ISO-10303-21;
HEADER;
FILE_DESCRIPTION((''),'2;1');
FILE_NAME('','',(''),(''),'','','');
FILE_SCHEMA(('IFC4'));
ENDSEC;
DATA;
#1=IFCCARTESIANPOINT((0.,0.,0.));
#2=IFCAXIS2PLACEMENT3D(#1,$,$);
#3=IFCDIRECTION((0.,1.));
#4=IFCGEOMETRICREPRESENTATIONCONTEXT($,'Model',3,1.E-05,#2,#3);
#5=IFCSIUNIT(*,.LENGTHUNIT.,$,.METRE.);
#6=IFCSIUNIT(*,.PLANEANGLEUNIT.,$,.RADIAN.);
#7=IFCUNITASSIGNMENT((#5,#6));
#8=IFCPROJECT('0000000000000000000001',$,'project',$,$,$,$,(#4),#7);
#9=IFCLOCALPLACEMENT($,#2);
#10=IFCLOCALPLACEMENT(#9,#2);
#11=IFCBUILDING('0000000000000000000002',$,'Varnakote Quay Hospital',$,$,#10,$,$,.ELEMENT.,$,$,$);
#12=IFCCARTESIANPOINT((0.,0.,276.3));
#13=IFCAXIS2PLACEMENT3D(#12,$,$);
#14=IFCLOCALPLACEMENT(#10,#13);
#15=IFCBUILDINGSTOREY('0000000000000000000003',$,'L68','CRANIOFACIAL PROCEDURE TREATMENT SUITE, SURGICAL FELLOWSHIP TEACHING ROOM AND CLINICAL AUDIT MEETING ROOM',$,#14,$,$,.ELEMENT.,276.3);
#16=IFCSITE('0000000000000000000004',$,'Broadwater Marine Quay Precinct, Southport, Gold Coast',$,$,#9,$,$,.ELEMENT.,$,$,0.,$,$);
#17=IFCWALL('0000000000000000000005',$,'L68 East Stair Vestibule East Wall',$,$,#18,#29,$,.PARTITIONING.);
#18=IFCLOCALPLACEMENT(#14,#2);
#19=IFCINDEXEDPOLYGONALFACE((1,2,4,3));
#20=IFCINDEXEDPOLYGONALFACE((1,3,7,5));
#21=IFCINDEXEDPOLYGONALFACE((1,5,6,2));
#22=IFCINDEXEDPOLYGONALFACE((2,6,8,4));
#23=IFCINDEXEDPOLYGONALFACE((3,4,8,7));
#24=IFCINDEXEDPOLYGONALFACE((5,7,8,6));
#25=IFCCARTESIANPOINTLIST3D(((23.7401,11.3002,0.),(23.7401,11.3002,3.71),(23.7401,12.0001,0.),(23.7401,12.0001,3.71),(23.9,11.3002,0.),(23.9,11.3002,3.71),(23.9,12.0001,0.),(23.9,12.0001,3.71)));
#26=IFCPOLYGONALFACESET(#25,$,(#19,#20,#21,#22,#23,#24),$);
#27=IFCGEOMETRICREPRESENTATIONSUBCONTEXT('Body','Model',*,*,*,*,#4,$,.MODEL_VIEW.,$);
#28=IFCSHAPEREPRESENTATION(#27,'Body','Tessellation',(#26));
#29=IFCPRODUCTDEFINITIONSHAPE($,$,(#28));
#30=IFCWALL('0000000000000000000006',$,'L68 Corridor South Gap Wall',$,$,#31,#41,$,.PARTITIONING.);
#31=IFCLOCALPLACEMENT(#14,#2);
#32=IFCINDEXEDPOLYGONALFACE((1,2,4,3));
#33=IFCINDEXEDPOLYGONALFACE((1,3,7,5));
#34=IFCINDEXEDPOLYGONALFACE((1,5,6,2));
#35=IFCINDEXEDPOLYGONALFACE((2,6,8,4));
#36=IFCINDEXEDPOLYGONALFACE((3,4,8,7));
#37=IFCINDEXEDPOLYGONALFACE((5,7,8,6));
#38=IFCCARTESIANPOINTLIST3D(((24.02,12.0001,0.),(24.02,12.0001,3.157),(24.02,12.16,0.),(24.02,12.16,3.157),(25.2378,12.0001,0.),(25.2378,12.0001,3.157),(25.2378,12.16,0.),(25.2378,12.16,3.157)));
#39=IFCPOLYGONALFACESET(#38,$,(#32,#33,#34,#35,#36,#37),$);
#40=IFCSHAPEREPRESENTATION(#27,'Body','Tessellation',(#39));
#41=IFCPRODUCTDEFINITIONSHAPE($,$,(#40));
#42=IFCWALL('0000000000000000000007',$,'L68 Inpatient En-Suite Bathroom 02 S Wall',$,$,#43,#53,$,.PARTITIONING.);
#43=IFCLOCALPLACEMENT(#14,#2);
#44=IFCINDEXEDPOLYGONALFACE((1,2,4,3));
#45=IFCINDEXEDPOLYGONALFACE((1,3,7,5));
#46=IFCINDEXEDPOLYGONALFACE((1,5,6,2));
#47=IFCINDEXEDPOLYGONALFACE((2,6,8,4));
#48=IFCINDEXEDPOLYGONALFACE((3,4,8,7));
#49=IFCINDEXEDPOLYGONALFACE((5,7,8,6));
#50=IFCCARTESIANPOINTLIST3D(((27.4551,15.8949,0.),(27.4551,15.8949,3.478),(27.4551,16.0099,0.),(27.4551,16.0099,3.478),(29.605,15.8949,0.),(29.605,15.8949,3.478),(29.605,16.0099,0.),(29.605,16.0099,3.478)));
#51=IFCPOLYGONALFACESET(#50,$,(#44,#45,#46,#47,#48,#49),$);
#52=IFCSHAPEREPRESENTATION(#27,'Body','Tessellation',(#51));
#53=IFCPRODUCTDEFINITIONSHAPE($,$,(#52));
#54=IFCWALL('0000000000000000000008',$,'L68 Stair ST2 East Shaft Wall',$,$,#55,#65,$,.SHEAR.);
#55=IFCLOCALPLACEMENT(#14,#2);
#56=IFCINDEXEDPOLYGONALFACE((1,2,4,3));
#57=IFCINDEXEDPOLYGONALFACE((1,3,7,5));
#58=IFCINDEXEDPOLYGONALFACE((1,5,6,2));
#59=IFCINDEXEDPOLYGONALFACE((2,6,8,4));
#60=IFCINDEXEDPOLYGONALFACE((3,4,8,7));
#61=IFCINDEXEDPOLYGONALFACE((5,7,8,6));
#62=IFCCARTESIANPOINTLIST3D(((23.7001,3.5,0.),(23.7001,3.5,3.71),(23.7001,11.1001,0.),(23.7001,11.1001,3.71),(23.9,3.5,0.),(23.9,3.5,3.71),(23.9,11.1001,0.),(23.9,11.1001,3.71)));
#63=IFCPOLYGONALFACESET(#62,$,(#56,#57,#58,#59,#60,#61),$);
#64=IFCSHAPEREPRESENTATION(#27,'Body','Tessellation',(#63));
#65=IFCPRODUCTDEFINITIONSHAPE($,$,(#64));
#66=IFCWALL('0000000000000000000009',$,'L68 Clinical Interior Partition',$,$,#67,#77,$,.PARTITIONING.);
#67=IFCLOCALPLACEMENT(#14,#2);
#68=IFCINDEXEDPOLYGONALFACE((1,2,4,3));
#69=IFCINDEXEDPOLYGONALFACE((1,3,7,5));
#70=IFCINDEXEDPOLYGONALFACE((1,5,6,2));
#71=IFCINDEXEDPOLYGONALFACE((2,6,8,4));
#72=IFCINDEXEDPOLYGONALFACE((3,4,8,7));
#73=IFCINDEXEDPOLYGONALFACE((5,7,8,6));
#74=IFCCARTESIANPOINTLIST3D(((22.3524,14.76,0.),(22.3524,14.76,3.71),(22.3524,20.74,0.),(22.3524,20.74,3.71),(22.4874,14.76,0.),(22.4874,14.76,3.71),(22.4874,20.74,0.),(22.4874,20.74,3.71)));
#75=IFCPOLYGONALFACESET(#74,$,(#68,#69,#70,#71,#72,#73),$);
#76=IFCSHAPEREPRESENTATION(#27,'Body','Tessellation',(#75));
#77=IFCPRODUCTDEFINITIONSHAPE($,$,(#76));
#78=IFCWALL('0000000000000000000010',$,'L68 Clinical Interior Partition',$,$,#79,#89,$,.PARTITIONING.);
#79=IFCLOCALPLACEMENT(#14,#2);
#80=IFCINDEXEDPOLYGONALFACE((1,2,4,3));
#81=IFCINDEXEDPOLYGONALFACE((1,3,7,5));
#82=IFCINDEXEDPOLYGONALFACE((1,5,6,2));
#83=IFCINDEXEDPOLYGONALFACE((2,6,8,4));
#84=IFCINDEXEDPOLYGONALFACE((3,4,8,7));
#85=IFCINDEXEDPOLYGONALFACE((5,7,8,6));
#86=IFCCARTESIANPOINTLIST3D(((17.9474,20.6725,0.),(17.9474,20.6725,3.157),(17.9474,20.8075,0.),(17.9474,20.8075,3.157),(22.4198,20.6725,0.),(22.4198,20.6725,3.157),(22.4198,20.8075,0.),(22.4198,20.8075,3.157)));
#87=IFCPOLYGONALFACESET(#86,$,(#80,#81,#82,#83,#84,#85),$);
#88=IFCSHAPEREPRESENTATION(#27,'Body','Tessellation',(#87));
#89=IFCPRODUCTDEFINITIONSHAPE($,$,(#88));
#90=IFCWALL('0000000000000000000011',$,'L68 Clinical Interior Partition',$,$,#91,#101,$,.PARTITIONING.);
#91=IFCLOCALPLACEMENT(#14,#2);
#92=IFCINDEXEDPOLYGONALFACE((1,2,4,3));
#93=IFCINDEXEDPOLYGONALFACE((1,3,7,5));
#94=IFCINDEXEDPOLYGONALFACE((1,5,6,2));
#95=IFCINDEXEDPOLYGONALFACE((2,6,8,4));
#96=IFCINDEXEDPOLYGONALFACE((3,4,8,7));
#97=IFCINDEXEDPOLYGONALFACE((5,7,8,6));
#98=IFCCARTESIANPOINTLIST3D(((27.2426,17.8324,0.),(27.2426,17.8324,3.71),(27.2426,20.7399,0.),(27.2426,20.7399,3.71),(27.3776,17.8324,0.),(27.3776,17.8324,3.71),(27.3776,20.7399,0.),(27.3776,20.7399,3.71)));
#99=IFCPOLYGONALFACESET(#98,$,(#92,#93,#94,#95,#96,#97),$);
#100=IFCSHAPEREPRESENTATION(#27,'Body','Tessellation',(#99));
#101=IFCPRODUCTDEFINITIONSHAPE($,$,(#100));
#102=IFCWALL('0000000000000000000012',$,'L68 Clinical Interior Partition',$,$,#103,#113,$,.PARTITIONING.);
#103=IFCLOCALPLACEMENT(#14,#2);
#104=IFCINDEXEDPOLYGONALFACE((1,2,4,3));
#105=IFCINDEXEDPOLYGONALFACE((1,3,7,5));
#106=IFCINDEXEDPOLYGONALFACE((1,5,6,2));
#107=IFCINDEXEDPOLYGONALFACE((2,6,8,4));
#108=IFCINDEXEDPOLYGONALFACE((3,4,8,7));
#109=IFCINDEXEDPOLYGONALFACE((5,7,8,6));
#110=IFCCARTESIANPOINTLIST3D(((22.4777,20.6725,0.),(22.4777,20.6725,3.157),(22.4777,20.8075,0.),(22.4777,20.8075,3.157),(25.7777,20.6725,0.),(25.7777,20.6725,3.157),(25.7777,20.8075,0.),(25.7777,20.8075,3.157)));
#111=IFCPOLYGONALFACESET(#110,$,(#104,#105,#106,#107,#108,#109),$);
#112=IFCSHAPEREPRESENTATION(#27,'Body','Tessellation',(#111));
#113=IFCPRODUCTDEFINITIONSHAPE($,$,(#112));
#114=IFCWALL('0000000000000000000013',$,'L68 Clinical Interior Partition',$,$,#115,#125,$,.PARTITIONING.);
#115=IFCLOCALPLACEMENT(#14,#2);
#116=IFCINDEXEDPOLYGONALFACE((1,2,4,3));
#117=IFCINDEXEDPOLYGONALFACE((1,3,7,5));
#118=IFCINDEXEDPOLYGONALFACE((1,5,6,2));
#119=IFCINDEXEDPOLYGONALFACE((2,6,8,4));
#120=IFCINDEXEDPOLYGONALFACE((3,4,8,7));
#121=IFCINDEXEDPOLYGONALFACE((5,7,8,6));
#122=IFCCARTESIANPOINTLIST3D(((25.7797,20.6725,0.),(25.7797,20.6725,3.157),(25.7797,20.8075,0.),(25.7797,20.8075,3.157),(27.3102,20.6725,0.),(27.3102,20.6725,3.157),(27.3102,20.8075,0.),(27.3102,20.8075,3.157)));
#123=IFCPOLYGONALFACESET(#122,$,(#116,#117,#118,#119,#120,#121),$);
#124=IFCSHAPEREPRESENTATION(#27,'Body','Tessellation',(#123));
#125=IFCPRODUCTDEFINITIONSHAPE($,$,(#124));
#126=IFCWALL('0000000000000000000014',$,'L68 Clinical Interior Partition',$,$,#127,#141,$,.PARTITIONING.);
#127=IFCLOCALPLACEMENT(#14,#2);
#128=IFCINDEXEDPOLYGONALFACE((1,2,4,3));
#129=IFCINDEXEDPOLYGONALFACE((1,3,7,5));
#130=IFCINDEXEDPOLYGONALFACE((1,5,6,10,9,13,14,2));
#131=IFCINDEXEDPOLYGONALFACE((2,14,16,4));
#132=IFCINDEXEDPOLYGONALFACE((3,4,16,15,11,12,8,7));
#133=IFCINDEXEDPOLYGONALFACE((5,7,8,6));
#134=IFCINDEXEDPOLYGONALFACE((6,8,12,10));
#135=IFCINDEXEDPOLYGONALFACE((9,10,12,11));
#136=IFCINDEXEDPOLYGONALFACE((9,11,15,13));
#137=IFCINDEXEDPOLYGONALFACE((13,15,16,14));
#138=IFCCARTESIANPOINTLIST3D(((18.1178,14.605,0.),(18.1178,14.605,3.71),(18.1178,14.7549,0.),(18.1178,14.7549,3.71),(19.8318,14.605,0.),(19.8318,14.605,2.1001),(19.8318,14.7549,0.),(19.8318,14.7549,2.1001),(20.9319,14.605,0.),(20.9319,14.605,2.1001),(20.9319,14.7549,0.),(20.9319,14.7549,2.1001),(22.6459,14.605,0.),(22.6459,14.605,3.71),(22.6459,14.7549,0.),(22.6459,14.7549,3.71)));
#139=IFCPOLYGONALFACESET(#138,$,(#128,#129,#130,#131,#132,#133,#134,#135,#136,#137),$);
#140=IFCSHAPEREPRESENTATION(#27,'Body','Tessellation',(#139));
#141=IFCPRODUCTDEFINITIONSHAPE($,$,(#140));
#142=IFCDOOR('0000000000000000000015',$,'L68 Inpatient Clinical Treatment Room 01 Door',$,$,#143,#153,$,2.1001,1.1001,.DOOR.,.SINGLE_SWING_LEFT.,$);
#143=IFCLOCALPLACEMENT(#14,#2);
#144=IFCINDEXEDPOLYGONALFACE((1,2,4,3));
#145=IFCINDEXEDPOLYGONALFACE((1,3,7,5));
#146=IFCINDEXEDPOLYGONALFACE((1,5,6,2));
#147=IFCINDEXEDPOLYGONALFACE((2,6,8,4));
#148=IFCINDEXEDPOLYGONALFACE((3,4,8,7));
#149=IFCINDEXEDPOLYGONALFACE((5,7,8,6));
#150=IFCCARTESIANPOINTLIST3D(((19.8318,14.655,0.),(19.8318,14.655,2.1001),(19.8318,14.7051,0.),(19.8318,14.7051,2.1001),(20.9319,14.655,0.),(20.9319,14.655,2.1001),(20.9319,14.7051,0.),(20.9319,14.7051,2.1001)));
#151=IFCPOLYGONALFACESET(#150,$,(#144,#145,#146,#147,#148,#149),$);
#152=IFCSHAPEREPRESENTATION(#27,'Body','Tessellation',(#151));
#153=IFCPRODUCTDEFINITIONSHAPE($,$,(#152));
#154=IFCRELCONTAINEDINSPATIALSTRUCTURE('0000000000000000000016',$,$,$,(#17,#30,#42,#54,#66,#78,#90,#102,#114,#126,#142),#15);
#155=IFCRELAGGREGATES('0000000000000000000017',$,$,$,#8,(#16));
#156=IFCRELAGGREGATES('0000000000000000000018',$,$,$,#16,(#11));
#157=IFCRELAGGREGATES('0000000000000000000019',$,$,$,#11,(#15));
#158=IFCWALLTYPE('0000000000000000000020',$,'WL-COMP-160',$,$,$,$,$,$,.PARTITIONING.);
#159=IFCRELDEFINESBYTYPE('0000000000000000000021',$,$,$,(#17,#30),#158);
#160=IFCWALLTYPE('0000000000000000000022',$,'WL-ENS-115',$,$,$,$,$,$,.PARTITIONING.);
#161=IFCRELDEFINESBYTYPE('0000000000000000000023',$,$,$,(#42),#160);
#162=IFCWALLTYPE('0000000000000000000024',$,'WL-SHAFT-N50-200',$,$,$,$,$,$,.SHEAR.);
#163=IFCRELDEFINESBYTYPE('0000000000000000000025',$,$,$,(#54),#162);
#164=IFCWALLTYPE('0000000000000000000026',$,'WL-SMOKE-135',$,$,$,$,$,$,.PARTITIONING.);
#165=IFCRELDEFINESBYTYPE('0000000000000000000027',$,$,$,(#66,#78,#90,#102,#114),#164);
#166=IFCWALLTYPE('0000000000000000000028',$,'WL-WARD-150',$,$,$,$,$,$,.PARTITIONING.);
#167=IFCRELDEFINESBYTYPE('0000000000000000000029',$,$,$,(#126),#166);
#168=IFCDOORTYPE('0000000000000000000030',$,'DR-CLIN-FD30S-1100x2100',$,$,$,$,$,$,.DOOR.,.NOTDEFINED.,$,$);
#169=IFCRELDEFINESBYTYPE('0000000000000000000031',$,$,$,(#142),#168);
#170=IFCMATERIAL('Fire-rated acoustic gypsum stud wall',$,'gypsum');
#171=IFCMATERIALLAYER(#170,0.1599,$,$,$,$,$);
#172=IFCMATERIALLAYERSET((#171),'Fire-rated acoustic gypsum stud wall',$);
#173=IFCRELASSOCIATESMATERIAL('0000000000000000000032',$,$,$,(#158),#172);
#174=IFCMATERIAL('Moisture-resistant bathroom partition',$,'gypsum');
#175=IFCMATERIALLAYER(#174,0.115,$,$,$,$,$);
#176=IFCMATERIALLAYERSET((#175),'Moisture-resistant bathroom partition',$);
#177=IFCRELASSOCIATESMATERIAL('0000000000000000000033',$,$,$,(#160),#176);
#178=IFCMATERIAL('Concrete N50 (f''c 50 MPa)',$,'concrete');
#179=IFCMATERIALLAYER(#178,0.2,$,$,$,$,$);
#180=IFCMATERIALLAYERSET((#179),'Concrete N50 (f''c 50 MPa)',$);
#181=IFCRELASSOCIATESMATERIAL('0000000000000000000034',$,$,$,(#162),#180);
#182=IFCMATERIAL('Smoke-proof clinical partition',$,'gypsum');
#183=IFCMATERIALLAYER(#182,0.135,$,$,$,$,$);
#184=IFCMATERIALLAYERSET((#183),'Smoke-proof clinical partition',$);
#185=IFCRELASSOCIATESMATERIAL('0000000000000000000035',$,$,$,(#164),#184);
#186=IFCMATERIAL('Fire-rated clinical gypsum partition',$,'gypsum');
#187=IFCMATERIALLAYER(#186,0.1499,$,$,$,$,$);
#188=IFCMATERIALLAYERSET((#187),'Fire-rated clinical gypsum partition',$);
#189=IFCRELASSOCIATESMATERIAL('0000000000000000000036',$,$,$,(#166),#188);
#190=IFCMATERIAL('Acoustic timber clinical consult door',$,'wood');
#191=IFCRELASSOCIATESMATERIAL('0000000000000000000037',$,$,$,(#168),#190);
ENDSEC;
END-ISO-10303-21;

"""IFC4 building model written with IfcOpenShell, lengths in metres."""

from ifc_helpers import new_model, si_unit, direction, frame, frame_2d, origin, place, context, subcontext, project, spatial, rectangle, extrude, material, layer, layer_set, type_object, element, fill, save


model = new_model("IFC4")

# Units and contexts
model_context = context("Model", 3, precision=1e-05, world=origin(), true_north=direction((0.0, 1.0)))
body_context = subcontext(model_context, "Body", "Model", "MODEL_VIEW")
ifc_project = project(units=[si_unit("LENGTHUNIT", "METRE"), si_unit("PLANEANGLEUNIT", "RADIAN")], contexts=[model_context])

# Site, building, storey
site_placement = place(None, origin())
site = spatial("IfcSite", under=ifc_project, at=site_placement, Name="Broadwater Marine Quay Precinct, Southport, Gold Coast", CompositionType="ELEMENT", RefElevation=0.0)
building_placement = place(site_placement, origin())
building = spatial("IfcBuilding", under=site, at=building_placement, Name="Varnakote Quay Hospital", CompositionType="ELEMENT")
storey_placement = place(building_placement, frame((0.0, 0.0, 276.3)))
storey = spatial("IfcBuildingStorey", under=building, at=storey_placement, Name="L68", Description="CRANIOFACIAL PROCEDURE TREATMENT SUITE, SURGICAL FELLOWSHIP TEACHING ROOM AND CLINICAL AUDIT MEETING ROOM", CompositionType="ELEMENT", Elevation=276.3)

# Walls
ifc_material_1 = material(Name="Fire-rated acoustic gypsum stud wall", Category="gypsum")
ifc_layer_1 = layer(ifc_material_1, 0.1599)
ifc_layer_set_1 = layer_set([ifc_layer_1], Name="Fire-rated acoustic gypsum stud wall")
wall_type_1 = type_object("IfcWallType", Name="WL-COMP-160", PredefinedType="PARTITIONING", material=ifc_layer_set_1)
wall_1_placement = place(storey_placement, frame((23.8201, 11.3, 0.0), z_axis=(0.0, 0.0, 1.0), x_axis=(0.0, 1.0, 0.0)))
element("IfcWall", 1, at=wall_1_placement, inside=storey, type_object=wall_type_1, Name="L68 East Stair Vestibule East Wall", PredefinedType="PARTITIONING", context=body_context, shape_type="SweptSolid", body=[
    extrude(rectangle(XDim=0.7, YDim=0.1599, at=frame_2d((0.3501, 0.0))), origin(), (0.0, 0.0, 1.0), 3.71),
])
wall_2_placement = place(storey_placement, frame((24.02, 12.0801, 0.0), z_axis=(0.0, 0.0, 1.0), x_axis=(1.0, 0.0, 0.0)))
element("IfcWall", 2, at=wall_2_placement, inside=storey, type_object=wall_type_1, Name="L68 Corridor South Gap Wall", PredefinedType="PARTITIONING", context=body_context, shape_type="SweptSolid", body=[
    extrude(rectangle(XDim=1.2178, YDim=0.1599, at=frame_2d((0.6089, 0.0))), origin(), (0.0, 0.0, 1.0), 3.157),
])
ifc_material_2 = material(Name="Moisture-resistant bathroom partition", Category="gypsum")
ifc_layer_2 = layer(ifc_material_2, 0.115)
ifc_layer_set_2 = layer_set([ifc_layer_2], Name="Moisture-resistant bathroom partition")
wall_type_2 = type_object("IfcWallType", Name="WL-ENS-115", PredefinedType="PARTITIONING", material=ifc_layer_set_2)
wall_3_placement = place(storey_placement, frame((27.4551, 15.9524, 0.0), z_axis=(0.0, 0.0, 1.0), x_axis=(1.0, 0.0, 0.0)))
element("IfcWall", 3, at=wall_3_placement, inside=storey, type_object=wall_type_2, Name="L68 Inpatient En-Suite Bathroom 02 S Wall", PredefinedType="PARTITIONING", context=body_context, shape_type="SweptSolid", body=[
    extrude(rectangle(XDim=2.1499, YDim=0.115, at=frame_2d((1.075, 0.0))), origin(), (0.0, 0.0, 1.0), 3.478),
])
ifc_material_3 = material(Name="Concrete N50 (f'c 50 MPa)", Category="concrete")
ifc_layer_3 = layer(ifc_material_3, 0.2)
ifc_layer_set_3 = layer_set([ifc_layer_3], Name="Concrete N50 (f'c 50 MPa)")
wall_type_3 = type_object("IfcWallType", Name="WL-SHAFT-N50-200", PredefinedType="SHEAR", material=ifc_layer_set_3)
wall_4_placement = place(storey_placement, frame((23.8, 3.5, 0.0), z_axis=(0.0, 0.0, 1.0), x_axis=(0.0, 1.0, 0.0)))
element("IfcWall", 4, at=wall_4_placement, inside=storey, type_object=wall_type_3, Name="L68 Stair ST2 East Shaft Wall", PredefinedType="SHEAR", context=body_context, shape_type="SweptSolid", body=[
    extrude(rectangle(XDim=7.6001, YDim=0.2, at=frame_2d((3.8, 0.0))), origin(), (0.0, 0.0, 1.0), 3.71),
])
ifc_material_4 = material(Name="Smoke-proof clinical partition", Category="gypsum")
ifc_layer_4 = layer(ifc_material_4, 0.135)
ifc_layer_set_4 = layer_set([ifc_layer_4], Name="Smoke-proof clinical partition")
wall_type_4 = type_object("IfcWallType", Name="WL-SMOKE-135", PredefinedType="PARTITIONING", material=ifc_layer_set_4)
wall_5_placement = place(storey_placement, frame((22.4199, 14.76, 0.0), z_axis=(0.0, 0.0, 1.0), x_axis=(0.0, 1.0, 0.0)))
element("IfcWall", 5, at=wall_5_placement, inside=storey, type_object=wall_type_4, Name="L68 Clinical Interior Partition", PredefinedType="PARTITIONING", context=body_context, shape_type="SweptSolid", body=[
    extrude(rectangle(XDim=5.98, YDim=0.135, at=frame_2d((2.99, 0.0))), origin(), (0.0, 0.0, 1.0), 3.71),
])
wall_6_placement = place(storey_placement, frame((22.4199, 20.74, 0.0), z_axis=(0.0, 0.0, 1.0), x_axis=(-1.0, 0.0, 0.0)))
element("IfcWall", 6, at=wall_6_placement, inside=storey, type_object=wall_type_4, Name="L68 Clinical Interior Partition", PredefinedType="PARTITIONING", context=body_context, shape_type="SweptSolid", body=[
    extrude(rectangle(XDim=4.4724, YDim=0.135, at=frame_2d((2.2363, 0.0))), origin(), (0.0, 0.0, 1.0), 3.157),
])
wall_7_placement = place(storey_placement, frame((27.3101, 17.8325, 0.0), z_axis=(0.0, 0.0, 1.0), x_axis=(0.0, 1.0, 0.0)))
element("IfcWall", 7, at=wall_7_placement, inside=storey, type_object=wall_type_4, Name="L68 Clinical Interior Partition", PredefinedType="PARTITIONING", context=body_context, shape_type="SweptSolid", body=[
    extrude(rectangle(XDim=2.9075, YDim=0.135, at=frame_2d((1.4536, 0.0))), origin(), (0.0, 0.0, 1.0), 3.71),
])
wall_8_placement = place(storey_placement, frame((25.7776, 20.74, 0.0), z_axis=(0.0, 0.0, 1.0), x_axis=(-1.0, 0.0, 0.0)))
element("IfcWall", 8, at=wall_8_placement, inside=storey, type_object=wall_type_4, Name="L68 Clinical Interior Partition", PredefinedType="PARTITIONING", context=body_context, shape_type="SweptSolid", body=[
    extrude(rectangle(XDim=3.3, YDim=0.135, at=frame_2d((1.6499, 0.0))), origin(), (0.0, 0.0, 1.0), 3.157),
])
wall_9_placement = place(storey_placement, frame((27.3101, 20.74, 0.0), z_axis=(0.0, 0.0, 1.0), x_axis=(-1.0, 0.0, 0.0)))
element("IfcWall", 9, at=wall_9_placement, inside=storey, type_object=wall_type_4, Name="L68 Clinical Interior Partition", PredefinedType="PARTITIONING", context=body_context, shape_type="SweptSolid", body=[
    extrude(rectangle(XDim=1.5305, YDim=0.135, at=frame_2d((0.7651, 0.0))), origin(), (0.0, 0.0, 1.0), 3.157),
])

# Wall, opening, door
ifc_material_5 = material(Name="Fire-rated clinical gypsum partition", Category="gypsum")
ifc_layer_5 = layer(ifc_material_5, 0.1499)
ifc_layer_set_5 = layer_set([ifc_layer_5], Name="Fire-rated clinical gypsum partition")
wall_type_5 = type_object("IfcWallType", Name="WL-WARD-150", PredefinedType="PARTITIONING", material=ifc_layer_set_5)
wall_10_placement = place(storey_placement, frame((22.646, 14.6799, 0.0), z_axis=(0.0, 0.0, 1.0), x_axis=(-1.0, 0.0, 0.0)))
wall_10 = element("IfcWall", 10, at=wall_10_placement, inside=storey, type_object=wall_type_5, Name="L68 Clinical Interior Partition", PredefinedType="PARTITIONING", context=body_context, shape_type="SweptSolid", body=[
    extrude(rectangle(XDim=4.5281, YDim=0.1499, at=frame_2d((2.2642, 0.0))), origin(), (0.0, 0.0, 1.0), 3.71),
])
opening_placement = place(wall_10_placement, frame((1.7141, 0.0, 0.0)))
opening = element("IfcOpeningElement", 11, at=opening_placement, cuts=wall_10, PredefinedType="OPENING", context=body_context, shape_type="SweptSolid", body=[
    extrude(rectangle(XDim=1.1001, YDim=2.1001, at=frame_2d((0.55, 1.05))), frame((0.0, 0.085, 0.0), z_axis=(0.0, -1.0, 0.0), x_axis=(1.0, 0.0, 0.0)), (0.0, 0.0, 1.0), 0.1699),
])
ifc_material_6 = material(Name="Acoustic timber clinical consult door", Category="wood")
door_type = type_object("IfcDoorType", Name="DR-CLIN-FD30S-1100x2100", OperationType="NOTDEFINED", PredefinedType="DOOR", material=ifc_material_6)
door_placement = place(opening_placement, origin())
door = element("IfcDoor", 12, at=door_placement, inside=storey, type_object=door_type, Name="L68 Inpatient Clinical Treatment Room 01 Door", OperationType="SINGLE_SWING_LEFT", OverallHeight=2.1001, OverallWidth=1.1001, PredefinedType="DOOR", context=body_context, shape_type="SweptSolid", body=[
    extrude(rectangle(XDim=1.1001, YDim=2.1001, at=frame_2d((0.55, 1.05))), frame((0.0, 0.0249, 0.0), z_axis=(0.0, -1.0, 0.0), x_axis=(1.0, 0.0, 0.0)), (0.0, 0.0, 1.0), 0.05),
])
fill(opening, door)

save(model, "model.ifc")
